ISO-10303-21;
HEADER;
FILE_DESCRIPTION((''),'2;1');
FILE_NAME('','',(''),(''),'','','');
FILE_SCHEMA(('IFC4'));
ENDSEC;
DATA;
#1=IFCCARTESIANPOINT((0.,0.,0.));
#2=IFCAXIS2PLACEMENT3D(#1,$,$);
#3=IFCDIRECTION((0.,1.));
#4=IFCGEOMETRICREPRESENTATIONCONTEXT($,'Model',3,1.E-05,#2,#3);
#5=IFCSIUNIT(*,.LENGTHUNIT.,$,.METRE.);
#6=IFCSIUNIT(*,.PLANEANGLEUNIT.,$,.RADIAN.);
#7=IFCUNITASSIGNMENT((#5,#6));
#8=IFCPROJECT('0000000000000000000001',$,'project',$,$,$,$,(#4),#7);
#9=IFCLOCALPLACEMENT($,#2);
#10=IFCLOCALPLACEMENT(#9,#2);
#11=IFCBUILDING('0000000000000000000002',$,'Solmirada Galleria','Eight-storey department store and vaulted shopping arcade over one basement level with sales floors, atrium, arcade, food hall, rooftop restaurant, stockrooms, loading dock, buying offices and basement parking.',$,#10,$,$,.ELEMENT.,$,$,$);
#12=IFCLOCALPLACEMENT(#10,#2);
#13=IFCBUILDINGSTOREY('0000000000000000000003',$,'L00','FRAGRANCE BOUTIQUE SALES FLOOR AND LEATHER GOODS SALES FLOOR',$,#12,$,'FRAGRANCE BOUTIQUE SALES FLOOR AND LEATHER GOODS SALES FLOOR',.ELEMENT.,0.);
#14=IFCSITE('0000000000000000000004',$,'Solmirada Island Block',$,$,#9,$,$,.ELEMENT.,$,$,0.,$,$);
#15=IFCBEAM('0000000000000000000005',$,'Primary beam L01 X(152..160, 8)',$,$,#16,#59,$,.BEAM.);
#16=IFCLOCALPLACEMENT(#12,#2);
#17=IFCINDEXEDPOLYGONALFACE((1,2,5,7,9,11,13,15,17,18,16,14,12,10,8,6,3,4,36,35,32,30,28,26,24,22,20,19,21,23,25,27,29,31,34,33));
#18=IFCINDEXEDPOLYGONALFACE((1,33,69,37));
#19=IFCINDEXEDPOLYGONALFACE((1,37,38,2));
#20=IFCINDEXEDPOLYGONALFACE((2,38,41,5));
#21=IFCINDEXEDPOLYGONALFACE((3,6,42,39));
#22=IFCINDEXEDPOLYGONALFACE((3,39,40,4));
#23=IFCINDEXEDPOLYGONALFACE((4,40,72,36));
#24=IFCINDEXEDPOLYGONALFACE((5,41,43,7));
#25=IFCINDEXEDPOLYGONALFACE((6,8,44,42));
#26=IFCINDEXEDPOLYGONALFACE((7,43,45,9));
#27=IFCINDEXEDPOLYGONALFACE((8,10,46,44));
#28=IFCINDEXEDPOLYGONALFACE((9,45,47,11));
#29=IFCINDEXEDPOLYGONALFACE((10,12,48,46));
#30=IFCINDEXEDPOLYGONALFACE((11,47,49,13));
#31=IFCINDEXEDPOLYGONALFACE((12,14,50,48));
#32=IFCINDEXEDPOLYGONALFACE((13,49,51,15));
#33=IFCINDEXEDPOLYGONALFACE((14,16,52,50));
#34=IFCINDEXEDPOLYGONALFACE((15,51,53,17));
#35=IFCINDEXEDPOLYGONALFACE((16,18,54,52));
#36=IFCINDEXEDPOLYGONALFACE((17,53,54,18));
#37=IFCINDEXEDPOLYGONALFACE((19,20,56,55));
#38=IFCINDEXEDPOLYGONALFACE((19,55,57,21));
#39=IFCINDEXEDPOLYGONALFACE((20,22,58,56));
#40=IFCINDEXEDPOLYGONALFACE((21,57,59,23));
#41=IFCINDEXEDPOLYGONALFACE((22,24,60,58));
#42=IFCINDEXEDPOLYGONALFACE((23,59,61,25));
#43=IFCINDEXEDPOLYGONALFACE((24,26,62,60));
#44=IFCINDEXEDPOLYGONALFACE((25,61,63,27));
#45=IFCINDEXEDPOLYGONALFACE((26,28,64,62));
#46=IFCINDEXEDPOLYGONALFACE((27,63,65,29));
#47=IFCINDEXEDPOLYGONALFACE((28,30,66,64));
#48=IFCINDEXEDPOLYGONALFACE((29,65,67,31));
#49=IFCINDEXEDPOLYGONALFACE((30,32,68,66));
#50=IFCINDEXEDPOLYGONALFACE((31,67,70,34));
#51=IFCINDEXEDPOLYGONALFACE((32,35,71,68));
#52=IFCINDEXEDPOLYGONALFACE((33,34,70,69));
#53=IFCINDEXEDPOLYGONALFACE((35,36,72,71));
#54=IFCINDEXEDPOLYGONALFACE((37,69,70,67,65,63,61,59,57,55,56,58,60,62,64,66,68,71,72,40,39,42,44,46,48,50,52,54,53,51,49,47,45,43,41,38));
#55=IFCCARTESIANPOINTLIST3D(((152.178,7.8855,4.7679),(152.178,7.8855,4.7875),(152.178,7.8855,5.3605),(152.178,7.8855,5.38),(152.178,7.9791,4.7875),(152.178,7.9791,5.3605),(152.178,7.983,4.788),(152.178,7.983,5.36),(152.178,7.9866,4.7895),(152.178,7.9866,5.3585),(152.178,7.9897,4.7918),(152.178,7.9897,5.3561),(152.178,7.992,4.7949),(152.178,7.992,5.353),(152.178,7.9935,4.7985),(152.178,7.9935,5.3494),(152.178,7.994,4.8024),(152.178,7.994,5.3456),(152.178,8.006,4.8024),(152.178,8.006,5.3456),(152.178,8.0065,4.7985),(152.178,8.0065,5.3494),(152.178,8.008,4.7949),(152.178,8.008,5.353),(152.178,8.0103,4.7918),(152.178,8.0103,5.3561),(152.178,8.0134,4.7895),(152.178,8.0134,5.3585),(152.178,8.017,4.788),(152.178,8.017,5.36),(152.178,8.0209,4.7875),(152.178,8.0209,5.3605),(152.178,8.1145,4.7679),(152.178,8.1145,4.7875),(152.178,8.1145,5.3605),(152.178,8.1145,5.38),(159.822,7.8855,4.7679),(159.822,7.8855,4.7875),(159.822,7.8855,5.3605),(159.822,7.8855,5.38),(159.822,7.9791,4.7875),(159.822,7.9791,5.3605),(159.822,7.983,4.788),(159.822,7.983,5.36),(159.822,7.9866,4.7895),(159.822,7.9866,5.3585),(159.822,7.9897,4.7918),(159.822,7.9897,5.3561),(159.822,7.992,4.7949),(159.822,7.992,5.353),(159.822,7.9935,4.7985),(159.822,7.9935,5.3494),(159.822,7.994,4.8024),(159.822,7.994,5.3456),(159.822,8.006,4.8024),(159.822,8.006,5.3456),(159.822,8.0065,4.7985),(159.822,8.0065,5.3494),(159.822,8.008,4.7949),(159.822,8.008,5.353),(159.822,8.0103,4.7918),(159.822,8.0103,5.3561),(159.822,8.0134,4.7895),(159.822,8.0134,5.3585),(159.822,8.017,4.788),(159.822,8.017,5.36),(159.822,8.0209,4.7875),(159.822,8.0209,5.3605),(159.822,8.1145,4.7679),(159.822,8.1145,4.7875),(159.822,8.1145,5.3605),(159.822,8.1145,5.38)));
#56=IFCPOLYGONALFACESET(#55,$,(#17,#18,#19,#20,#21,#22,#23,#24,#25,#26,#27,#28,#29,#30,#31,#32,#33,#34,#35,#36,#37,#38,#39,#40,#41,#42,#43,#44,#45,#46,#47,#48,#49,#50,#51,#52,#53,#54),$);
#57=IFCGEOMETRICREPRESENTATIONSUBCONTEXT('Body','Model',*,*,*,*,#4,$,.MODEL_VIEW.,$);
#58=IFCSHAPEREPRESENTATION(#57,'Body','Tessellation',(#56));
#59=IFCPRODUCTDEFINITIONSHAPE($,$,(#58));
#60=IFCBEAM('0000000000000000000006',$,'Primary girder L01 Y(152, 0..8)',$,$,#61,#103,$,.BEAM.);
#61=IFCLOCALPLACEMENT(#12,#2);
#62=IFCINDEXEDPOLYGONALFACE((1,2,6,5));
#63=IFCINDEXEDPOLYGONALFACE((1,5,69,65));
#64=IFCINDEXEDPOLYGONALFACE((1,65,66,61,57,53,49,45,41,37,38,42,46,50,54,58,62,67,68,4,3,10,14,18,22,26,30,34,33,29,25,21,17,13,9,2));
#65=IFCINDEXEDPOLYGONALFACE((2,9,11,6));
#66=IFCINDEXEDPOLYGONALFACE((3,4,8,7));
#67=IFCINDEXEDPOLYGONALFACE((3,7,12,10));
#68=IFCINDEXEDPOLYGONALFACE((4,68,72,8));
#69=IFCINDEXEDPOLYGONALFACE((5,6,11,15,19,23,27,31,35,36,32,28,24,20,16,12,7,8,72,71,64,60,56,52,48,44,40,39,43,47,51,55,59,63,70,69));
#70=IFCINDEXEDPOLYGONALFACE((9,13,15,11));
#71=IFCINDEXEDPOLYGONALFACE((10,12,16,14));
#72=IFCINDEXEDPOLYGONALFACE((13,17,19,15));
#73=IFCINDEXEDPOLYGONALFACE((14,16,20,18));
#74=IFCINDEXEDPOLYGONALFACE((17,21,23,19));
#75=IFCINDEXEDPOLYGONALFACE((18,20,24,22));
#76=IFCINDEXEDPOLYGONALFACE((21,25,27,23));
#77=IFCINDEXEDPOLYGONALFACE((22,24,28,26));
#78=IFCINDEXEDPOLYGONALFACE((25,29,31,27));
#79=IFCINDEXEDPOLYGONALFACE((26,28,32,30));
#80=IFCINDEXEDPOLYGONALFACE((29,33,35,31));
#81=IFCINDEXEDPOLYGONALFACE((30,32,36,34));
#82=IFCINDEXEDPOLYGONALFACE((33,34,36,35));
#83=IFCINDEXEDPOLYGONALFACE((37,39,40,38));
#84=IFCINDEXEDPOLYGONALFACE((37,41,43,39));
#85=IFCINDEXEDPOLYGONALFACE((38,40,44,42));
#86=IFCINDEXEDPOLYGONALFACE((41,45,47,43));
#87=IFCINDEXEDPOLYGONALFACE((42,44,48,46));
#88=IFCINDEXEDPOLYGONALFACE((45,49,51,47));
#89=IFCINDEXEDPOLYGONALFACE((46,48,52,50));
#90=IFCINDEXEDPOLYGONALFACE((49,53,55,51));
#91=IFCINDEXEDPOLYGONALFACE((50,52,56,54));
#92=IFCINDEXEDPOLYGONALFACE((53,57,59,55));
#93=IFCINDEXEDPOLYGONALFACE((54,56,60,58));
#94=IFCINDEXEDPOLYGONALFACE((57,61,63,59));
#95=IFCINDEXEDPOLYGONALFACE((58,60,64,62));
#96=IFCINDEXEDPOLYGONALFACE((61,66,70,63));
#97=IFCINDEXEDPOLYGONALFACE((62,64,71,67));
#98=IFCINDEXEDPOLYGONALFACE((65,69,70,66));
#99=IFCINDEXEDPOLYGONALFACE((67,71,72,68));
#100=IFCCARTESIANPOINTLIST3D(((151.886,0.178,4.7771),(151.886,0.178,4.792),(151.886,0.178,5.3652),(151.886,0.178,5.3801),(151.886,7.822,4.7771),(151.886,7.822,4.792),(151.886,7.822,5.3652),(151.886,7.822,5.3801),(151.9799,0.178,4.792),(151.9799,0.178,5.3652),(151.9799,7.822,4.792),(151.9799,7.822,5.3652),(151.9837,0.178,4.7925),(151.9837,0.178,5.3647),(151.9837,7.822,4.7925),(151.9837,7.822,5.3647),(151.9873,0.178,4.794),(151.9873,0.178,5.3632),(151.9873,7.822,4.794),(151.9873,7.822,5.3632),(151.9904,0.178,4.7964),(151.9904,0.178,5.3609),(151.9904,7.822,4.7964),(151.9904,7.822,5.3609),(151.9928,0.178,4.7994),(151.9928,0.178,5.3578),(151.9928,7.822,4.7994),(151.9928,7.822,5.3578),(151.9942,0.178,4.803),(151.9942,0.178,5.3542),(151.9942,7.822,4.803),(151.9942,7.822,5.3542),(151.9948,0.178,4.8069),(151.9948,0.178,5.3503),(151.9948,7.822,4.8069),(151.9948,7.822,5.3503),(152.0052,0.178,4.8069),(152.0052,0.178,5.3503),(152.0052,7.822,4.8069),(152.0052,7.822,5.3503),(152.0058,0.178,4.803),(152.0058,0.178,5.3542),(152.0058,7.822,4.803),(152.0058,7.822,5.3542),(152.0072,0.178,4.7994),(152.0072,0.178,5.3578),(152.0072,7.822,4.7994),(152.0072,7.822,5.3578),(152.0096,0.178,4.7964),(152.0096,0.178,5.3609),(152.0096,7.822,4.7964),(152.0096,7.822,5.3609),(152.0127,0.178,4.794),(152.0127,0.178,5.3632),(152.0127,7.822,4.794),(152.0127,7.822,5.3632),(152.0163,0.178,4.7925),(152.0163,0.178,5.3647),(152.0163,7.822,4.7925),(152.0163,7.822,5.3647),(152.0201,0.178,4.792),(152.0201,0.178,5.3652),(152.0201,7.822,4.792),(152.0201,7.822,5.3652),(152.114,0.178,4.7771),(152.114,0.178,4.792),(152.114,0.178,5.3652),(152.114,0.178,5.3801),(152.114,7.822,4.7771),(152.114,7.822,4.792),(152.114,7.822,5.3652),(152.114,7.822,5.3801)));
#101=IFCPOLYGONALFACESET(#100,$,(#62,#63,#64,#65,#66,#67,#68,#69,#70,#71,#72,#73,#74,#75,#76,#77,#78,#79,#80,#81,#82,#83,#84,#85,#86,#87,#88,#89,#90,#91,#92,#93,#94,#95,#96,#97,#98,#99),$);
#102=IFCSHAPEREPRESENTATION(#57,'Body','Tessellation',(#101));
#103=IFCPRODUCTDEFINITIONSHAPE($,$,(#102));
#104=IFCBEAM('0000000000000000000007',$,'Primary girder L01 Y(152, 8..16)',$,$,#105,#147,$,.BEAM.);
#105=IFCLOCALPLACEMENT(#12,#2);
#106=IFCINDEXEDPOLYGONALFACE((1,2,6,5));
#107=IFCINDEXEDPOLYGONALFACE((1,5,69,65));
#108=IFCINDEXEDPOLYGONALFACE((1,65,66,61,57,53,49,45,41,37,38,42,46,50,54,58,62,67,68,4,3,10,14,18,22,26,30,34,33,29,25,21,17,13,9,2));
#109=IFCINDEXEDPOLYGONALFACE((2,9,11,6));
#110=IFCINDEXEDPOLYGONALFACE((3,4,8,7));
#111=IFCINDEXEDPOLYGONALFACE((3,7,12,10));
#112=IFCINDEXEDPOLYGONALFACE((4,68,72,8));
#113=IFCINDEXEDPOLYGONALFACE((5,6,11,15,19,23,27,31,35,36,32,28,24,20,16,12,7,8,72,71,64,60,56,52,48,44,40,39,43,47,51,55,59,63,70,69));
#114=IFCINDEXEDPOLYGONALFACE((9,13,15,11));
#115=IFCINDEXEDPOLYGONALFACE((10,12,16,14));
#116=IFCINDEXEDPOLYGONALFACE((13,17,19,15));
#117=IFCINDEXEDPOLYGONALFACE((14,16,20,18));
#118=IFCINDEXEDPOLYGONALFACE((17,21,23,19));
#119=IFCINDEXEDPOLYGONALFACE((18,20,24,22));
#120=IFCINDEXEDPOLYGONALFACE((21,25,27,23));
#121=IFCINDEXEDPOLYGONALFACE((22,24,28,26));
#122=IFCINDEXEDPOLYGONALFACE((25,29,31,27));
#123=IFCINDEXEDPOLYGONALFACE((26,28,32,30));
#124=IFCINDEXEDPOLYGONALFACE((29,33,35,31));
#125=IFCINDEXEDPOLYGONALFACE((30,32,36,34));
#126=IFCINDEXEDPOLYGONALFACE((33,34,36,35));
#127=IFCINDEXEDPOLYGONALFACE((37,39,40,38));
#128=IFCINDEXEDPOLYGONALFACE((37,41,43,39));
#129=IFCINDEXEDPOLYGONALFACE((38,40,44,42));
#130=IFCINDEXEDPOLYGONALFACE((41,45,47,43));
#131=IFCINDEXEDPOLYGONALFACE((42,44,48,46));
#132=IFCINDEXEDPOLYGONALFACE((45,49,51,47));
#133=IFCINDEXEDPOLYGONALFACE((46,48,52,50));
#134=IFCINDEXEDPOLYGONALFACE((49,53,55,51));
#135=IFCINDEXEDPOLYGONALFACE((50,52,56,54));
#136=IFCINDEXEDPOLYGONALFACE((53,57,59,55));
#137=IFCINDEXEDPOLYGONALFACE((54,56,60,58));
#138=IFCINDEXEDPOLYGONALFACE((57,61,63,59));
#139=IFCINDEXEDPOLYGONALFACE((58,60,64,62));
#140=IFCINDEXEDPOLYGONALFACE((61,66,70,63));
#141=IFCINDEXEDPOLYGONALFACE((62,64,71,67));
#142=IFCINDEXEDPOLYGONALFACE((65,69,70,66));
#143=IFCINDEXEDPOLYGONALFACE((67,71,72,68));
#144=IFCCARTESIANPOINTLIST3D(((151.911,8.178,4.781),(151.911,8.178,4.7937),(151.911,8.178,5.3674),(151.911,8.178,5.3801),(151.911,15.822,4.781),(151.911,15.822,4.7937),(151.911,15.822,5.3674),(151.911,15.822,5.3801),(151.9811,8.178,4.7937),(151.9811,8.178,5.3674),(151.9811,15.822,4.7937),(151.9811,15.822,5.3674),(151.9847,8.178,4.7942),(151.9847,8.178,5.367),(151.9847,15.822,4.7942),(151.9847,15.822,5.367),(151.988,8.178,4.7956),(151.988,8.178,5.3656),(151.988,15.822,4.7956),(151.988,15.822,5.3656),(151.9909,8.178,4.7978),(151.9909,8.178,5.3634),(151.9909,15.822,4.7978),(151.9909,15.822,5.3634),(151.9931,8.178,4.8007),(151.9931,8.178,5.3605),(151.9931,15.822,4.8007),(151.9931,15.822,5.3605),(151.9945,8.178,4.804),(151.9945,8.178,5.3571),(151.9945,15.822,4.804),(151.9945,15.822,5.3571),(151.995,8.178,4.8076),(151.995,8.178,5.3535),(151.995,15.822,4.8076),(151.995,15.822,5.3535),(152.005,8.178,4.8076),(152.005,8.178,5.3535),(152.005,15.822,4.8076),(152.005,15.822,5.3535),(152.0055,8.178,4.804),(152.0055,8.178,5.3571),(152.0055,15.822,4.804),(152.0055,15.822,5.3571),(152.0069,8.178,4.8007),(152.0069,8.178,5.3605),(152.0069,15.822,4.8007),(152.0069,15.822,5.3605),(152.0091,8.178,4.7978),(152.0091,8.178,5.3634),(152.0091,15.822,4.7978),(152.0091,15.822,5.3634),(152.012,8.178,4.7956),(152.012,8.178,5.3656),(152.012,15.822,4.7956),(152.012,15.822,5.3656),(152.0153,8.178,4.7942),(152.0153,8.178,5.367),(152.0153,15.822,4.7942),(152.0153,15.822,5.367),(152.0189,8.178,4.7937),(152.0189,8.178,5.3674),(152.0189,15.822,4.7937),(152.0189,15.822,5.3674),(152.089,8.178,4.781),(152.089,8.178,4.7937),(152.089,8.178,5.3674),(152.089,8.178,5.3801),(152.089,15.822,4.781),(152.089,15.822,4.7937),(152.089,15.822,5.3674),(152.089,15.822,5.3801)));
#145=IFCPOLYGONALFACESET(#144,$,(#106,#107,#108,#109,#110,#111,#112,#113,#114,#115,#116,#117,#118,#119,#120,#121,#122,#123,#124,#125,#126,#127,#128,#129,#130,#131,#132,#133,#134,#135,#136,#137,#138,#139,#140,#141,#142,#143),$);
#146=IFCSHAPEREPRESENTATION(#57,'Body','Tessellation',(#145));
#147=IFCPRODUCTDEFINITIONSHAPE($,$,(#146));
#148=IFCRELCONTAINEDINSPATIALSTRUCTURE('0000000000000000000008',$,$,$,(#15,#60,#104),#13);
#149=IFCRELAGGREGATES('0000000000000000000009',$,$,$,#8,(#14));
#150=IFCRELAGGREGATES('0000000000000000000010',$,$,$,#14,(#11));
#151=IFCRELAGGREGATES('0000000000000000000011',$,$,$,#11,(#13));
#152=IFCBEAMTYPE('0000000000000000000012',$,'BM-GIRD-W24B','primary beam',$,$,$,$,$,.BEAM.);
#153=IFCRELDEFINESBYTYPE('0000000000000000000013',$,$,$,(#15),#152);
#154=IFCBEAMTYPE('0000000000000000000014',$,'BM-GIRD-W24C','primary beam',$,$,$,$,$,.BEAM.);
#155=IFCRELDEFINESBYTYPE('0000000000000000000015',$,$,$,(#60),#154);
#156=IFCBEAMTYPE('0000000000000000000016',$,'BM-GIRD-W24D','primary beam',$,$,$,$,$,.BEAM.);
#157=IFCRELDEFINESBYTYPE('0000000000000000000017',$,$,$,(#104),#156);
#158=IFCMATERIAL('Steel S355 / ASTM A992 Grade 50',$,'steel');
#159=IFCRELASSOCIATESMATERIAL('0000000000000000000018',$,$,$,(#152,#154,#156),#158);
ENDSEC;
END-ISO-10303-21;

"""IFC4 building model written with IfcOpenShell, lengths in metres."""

from ifc_helpers import new_model, si_unit, direction, frame, origin, origin_2d, place, context, subcontext, project, spatial, i_section, extrude, material, material_profile, profile_set, type_object, element, save


model = new_model("IFC4")

# Units and contexts
model_context = context("Model", 3, precision=1e-05, world=origin(), true_north=direction((0.0, 1.0)))
body_context = subcontext(model_context, "Body", "Model", "MODEL_VIEW")
ifc_project = project(units=[si_unit("LENGTHUNIT", "METRE"), si_unit("PLANEANGLEUNIT", "RADIAN")], contexts=[model_context])

# Site, building, storey
site_placement = place(None, origin())
site = spatial("IfcSite", under=ifc_project, at=site_placement, Name="Solmirada Island Block", CompositionType="ELEMENT", RefElevation=0.0)
building_placement = place(site_placement, origin())
building = spatial("IfcBuilding", under=site, at=building_placement, Name="Solmirada Galleria", Description="Eight-storey department store and vaulted shopping arcade over one basement level with sales floors, atrium, arcade, food hall, rooftop restaurant, stockrooms, loading dock, buying offices and basement parking.", CompositionType="ELEMENT")
storey_placement = place(building_placement, origin())
storey = spatial("IfcBuildingStorey", under=building, at=storey_placement, Name="L00", Description="FRAGRANCE BOUTIQUE SALES FLOOR AND LEATHER GOODS SALES FLOOR", LongName="FRAGRANCE BOUTIQUE SALES FLOOR AND LEATHER GOODS SALES FLOOR", CompositionType="ELEMENT", Elevation=0.0)

# Beams
ifc_material_1 = material(Name="Steel S355 / ASTM A992 Grade 50", Category="steel")
ifc_material_profile_1 = material_profile(ifc_material_1, i_section(OverallWidth=0.229, OverallDepth=0.6121, WebThickness=0.012, FlangeThickness=0.0195, FilletRadius=0.0149, at=origin_2d()), Name="W24X84")
ifc_profile_set_1 = profile_set([ifc_material_profile_1], Name="Steel S355 / ASTM A992 Grade 50")
beam_type_1 = type_object("IfcBeamType", Name="BM-GIRD-W24B", Description="primary beam", PredefinedType="BEAM", material=ifc_profile_set_1)
for number, where, z_axis, x_axis, name in (
    (1, (152.178, 8.0, 5.074), (1.0, 0.0, 0.0), (0.0, 1.0, 0.0), "Primary beam L01 X(152..160, 8)"),
):
    element("IfcBeam", number, at=place(storey_placement, frame(where, z_axis=z_axis, x_axis=x_axis)), inside=storey, type_object=beam_type_1, Name=name, PredefinedType="BEAM", context=body_context, shape_type="SweptSolid", body=[
        extrude(i_section(OverallWidth=0.229, OverallDepth=0.6121, WebThickness=0.012, FlangeThickness=0.0195, FilletRadius=0.0149, at=origin_2d()), origin(), (0.0, 0.0, 1.0), 7.644),
    ])
ifc_material_profile_2 = material_profile(ifc_material_1, i_section(OverallWidth=0.228, OverallDepth=0.603, WebThickness=0.0105, FlangeThickness=0.0149, FilletRadius=0.0149, at=origin_2d()), Name="W24X68")
ifc_profile_set_2 = profile_set([ifc_material_profile_2], Name="Steel S355 / ASTM A992 Grade 50")
beam_type_2 = type_object("IfcBeamType", Name="BM-GIRD-W24C", Description="primary beam", PredefinedType="BEAM", material=ifc_profile_set_2)
beam_1_placement = place(storey_placement, frame((152.0, 0.178, 5.0786), z_axis=(0.0, 1.0, 0.0), x_axis=(-1.0, 0.0, 0.0)))
element("IfcBeam", 2, at=beam_1_placement, inside=storey, type_object=beam_type_2, Name="Primary girder L01 Y(152, 0..8)", PredefinedType="BEAM", context=body_context, shape_type="SweptSolid", body=[
    extrude(i_section(OverallWidth=0.228, OverallDepth=0.603, WebThickness=0.0105, FlangeThickness=0.0149, FilletRadius=0.0149, at=origin_2d()), origin(), (0.0, 0.0, 1.0), 7.644),
])
ifc_material_profile_3 = material_profile(ifc_material_1, i_section(OverallWidth=0.178, OverallDepth=0.5991, WebThickness=0.01, FlangeThickness=0.0127, FilletRadius=0.0139, at=origin_2d()), Name="W24X55")
ifc_profile_set_3 = profile_set([ifc_material_profile_3], Name="Steel S355 / ASTM A992 Grade 50")
beam_type_3 = type_object("IfcBeamType", Name="BM-GIRD-W24D", Description="primary beam", PredefinedType="BEAM", material=ifc_profile_set_3)
beam_2_placement = place(storey_placement, frame((152.0, 8.178, 5.0806), z_axis=(0.0, 1.0, 0.0), x_axis=(-1.0, 0.0, 0.0)))
element("IfcBeam", 3, at=beam_2_placement, inside=storey, type_object=beam_type_3, Name="Primary girder L01 Y(152, 8..16)", PredefinedType="BEAM", context=body_context, shape_type="SweptSolid", body=[
    extrude(i_section(OverallWidth=0.178, OverallDepth=0.5991, WebThickness=0.01, FlangeThickness=0.0127, FilletRadius=0.0139, at=origin_2d()), origin(), (0.0, 0.0, 1.0), 7.644),
])

save(model, "model.ifc")
